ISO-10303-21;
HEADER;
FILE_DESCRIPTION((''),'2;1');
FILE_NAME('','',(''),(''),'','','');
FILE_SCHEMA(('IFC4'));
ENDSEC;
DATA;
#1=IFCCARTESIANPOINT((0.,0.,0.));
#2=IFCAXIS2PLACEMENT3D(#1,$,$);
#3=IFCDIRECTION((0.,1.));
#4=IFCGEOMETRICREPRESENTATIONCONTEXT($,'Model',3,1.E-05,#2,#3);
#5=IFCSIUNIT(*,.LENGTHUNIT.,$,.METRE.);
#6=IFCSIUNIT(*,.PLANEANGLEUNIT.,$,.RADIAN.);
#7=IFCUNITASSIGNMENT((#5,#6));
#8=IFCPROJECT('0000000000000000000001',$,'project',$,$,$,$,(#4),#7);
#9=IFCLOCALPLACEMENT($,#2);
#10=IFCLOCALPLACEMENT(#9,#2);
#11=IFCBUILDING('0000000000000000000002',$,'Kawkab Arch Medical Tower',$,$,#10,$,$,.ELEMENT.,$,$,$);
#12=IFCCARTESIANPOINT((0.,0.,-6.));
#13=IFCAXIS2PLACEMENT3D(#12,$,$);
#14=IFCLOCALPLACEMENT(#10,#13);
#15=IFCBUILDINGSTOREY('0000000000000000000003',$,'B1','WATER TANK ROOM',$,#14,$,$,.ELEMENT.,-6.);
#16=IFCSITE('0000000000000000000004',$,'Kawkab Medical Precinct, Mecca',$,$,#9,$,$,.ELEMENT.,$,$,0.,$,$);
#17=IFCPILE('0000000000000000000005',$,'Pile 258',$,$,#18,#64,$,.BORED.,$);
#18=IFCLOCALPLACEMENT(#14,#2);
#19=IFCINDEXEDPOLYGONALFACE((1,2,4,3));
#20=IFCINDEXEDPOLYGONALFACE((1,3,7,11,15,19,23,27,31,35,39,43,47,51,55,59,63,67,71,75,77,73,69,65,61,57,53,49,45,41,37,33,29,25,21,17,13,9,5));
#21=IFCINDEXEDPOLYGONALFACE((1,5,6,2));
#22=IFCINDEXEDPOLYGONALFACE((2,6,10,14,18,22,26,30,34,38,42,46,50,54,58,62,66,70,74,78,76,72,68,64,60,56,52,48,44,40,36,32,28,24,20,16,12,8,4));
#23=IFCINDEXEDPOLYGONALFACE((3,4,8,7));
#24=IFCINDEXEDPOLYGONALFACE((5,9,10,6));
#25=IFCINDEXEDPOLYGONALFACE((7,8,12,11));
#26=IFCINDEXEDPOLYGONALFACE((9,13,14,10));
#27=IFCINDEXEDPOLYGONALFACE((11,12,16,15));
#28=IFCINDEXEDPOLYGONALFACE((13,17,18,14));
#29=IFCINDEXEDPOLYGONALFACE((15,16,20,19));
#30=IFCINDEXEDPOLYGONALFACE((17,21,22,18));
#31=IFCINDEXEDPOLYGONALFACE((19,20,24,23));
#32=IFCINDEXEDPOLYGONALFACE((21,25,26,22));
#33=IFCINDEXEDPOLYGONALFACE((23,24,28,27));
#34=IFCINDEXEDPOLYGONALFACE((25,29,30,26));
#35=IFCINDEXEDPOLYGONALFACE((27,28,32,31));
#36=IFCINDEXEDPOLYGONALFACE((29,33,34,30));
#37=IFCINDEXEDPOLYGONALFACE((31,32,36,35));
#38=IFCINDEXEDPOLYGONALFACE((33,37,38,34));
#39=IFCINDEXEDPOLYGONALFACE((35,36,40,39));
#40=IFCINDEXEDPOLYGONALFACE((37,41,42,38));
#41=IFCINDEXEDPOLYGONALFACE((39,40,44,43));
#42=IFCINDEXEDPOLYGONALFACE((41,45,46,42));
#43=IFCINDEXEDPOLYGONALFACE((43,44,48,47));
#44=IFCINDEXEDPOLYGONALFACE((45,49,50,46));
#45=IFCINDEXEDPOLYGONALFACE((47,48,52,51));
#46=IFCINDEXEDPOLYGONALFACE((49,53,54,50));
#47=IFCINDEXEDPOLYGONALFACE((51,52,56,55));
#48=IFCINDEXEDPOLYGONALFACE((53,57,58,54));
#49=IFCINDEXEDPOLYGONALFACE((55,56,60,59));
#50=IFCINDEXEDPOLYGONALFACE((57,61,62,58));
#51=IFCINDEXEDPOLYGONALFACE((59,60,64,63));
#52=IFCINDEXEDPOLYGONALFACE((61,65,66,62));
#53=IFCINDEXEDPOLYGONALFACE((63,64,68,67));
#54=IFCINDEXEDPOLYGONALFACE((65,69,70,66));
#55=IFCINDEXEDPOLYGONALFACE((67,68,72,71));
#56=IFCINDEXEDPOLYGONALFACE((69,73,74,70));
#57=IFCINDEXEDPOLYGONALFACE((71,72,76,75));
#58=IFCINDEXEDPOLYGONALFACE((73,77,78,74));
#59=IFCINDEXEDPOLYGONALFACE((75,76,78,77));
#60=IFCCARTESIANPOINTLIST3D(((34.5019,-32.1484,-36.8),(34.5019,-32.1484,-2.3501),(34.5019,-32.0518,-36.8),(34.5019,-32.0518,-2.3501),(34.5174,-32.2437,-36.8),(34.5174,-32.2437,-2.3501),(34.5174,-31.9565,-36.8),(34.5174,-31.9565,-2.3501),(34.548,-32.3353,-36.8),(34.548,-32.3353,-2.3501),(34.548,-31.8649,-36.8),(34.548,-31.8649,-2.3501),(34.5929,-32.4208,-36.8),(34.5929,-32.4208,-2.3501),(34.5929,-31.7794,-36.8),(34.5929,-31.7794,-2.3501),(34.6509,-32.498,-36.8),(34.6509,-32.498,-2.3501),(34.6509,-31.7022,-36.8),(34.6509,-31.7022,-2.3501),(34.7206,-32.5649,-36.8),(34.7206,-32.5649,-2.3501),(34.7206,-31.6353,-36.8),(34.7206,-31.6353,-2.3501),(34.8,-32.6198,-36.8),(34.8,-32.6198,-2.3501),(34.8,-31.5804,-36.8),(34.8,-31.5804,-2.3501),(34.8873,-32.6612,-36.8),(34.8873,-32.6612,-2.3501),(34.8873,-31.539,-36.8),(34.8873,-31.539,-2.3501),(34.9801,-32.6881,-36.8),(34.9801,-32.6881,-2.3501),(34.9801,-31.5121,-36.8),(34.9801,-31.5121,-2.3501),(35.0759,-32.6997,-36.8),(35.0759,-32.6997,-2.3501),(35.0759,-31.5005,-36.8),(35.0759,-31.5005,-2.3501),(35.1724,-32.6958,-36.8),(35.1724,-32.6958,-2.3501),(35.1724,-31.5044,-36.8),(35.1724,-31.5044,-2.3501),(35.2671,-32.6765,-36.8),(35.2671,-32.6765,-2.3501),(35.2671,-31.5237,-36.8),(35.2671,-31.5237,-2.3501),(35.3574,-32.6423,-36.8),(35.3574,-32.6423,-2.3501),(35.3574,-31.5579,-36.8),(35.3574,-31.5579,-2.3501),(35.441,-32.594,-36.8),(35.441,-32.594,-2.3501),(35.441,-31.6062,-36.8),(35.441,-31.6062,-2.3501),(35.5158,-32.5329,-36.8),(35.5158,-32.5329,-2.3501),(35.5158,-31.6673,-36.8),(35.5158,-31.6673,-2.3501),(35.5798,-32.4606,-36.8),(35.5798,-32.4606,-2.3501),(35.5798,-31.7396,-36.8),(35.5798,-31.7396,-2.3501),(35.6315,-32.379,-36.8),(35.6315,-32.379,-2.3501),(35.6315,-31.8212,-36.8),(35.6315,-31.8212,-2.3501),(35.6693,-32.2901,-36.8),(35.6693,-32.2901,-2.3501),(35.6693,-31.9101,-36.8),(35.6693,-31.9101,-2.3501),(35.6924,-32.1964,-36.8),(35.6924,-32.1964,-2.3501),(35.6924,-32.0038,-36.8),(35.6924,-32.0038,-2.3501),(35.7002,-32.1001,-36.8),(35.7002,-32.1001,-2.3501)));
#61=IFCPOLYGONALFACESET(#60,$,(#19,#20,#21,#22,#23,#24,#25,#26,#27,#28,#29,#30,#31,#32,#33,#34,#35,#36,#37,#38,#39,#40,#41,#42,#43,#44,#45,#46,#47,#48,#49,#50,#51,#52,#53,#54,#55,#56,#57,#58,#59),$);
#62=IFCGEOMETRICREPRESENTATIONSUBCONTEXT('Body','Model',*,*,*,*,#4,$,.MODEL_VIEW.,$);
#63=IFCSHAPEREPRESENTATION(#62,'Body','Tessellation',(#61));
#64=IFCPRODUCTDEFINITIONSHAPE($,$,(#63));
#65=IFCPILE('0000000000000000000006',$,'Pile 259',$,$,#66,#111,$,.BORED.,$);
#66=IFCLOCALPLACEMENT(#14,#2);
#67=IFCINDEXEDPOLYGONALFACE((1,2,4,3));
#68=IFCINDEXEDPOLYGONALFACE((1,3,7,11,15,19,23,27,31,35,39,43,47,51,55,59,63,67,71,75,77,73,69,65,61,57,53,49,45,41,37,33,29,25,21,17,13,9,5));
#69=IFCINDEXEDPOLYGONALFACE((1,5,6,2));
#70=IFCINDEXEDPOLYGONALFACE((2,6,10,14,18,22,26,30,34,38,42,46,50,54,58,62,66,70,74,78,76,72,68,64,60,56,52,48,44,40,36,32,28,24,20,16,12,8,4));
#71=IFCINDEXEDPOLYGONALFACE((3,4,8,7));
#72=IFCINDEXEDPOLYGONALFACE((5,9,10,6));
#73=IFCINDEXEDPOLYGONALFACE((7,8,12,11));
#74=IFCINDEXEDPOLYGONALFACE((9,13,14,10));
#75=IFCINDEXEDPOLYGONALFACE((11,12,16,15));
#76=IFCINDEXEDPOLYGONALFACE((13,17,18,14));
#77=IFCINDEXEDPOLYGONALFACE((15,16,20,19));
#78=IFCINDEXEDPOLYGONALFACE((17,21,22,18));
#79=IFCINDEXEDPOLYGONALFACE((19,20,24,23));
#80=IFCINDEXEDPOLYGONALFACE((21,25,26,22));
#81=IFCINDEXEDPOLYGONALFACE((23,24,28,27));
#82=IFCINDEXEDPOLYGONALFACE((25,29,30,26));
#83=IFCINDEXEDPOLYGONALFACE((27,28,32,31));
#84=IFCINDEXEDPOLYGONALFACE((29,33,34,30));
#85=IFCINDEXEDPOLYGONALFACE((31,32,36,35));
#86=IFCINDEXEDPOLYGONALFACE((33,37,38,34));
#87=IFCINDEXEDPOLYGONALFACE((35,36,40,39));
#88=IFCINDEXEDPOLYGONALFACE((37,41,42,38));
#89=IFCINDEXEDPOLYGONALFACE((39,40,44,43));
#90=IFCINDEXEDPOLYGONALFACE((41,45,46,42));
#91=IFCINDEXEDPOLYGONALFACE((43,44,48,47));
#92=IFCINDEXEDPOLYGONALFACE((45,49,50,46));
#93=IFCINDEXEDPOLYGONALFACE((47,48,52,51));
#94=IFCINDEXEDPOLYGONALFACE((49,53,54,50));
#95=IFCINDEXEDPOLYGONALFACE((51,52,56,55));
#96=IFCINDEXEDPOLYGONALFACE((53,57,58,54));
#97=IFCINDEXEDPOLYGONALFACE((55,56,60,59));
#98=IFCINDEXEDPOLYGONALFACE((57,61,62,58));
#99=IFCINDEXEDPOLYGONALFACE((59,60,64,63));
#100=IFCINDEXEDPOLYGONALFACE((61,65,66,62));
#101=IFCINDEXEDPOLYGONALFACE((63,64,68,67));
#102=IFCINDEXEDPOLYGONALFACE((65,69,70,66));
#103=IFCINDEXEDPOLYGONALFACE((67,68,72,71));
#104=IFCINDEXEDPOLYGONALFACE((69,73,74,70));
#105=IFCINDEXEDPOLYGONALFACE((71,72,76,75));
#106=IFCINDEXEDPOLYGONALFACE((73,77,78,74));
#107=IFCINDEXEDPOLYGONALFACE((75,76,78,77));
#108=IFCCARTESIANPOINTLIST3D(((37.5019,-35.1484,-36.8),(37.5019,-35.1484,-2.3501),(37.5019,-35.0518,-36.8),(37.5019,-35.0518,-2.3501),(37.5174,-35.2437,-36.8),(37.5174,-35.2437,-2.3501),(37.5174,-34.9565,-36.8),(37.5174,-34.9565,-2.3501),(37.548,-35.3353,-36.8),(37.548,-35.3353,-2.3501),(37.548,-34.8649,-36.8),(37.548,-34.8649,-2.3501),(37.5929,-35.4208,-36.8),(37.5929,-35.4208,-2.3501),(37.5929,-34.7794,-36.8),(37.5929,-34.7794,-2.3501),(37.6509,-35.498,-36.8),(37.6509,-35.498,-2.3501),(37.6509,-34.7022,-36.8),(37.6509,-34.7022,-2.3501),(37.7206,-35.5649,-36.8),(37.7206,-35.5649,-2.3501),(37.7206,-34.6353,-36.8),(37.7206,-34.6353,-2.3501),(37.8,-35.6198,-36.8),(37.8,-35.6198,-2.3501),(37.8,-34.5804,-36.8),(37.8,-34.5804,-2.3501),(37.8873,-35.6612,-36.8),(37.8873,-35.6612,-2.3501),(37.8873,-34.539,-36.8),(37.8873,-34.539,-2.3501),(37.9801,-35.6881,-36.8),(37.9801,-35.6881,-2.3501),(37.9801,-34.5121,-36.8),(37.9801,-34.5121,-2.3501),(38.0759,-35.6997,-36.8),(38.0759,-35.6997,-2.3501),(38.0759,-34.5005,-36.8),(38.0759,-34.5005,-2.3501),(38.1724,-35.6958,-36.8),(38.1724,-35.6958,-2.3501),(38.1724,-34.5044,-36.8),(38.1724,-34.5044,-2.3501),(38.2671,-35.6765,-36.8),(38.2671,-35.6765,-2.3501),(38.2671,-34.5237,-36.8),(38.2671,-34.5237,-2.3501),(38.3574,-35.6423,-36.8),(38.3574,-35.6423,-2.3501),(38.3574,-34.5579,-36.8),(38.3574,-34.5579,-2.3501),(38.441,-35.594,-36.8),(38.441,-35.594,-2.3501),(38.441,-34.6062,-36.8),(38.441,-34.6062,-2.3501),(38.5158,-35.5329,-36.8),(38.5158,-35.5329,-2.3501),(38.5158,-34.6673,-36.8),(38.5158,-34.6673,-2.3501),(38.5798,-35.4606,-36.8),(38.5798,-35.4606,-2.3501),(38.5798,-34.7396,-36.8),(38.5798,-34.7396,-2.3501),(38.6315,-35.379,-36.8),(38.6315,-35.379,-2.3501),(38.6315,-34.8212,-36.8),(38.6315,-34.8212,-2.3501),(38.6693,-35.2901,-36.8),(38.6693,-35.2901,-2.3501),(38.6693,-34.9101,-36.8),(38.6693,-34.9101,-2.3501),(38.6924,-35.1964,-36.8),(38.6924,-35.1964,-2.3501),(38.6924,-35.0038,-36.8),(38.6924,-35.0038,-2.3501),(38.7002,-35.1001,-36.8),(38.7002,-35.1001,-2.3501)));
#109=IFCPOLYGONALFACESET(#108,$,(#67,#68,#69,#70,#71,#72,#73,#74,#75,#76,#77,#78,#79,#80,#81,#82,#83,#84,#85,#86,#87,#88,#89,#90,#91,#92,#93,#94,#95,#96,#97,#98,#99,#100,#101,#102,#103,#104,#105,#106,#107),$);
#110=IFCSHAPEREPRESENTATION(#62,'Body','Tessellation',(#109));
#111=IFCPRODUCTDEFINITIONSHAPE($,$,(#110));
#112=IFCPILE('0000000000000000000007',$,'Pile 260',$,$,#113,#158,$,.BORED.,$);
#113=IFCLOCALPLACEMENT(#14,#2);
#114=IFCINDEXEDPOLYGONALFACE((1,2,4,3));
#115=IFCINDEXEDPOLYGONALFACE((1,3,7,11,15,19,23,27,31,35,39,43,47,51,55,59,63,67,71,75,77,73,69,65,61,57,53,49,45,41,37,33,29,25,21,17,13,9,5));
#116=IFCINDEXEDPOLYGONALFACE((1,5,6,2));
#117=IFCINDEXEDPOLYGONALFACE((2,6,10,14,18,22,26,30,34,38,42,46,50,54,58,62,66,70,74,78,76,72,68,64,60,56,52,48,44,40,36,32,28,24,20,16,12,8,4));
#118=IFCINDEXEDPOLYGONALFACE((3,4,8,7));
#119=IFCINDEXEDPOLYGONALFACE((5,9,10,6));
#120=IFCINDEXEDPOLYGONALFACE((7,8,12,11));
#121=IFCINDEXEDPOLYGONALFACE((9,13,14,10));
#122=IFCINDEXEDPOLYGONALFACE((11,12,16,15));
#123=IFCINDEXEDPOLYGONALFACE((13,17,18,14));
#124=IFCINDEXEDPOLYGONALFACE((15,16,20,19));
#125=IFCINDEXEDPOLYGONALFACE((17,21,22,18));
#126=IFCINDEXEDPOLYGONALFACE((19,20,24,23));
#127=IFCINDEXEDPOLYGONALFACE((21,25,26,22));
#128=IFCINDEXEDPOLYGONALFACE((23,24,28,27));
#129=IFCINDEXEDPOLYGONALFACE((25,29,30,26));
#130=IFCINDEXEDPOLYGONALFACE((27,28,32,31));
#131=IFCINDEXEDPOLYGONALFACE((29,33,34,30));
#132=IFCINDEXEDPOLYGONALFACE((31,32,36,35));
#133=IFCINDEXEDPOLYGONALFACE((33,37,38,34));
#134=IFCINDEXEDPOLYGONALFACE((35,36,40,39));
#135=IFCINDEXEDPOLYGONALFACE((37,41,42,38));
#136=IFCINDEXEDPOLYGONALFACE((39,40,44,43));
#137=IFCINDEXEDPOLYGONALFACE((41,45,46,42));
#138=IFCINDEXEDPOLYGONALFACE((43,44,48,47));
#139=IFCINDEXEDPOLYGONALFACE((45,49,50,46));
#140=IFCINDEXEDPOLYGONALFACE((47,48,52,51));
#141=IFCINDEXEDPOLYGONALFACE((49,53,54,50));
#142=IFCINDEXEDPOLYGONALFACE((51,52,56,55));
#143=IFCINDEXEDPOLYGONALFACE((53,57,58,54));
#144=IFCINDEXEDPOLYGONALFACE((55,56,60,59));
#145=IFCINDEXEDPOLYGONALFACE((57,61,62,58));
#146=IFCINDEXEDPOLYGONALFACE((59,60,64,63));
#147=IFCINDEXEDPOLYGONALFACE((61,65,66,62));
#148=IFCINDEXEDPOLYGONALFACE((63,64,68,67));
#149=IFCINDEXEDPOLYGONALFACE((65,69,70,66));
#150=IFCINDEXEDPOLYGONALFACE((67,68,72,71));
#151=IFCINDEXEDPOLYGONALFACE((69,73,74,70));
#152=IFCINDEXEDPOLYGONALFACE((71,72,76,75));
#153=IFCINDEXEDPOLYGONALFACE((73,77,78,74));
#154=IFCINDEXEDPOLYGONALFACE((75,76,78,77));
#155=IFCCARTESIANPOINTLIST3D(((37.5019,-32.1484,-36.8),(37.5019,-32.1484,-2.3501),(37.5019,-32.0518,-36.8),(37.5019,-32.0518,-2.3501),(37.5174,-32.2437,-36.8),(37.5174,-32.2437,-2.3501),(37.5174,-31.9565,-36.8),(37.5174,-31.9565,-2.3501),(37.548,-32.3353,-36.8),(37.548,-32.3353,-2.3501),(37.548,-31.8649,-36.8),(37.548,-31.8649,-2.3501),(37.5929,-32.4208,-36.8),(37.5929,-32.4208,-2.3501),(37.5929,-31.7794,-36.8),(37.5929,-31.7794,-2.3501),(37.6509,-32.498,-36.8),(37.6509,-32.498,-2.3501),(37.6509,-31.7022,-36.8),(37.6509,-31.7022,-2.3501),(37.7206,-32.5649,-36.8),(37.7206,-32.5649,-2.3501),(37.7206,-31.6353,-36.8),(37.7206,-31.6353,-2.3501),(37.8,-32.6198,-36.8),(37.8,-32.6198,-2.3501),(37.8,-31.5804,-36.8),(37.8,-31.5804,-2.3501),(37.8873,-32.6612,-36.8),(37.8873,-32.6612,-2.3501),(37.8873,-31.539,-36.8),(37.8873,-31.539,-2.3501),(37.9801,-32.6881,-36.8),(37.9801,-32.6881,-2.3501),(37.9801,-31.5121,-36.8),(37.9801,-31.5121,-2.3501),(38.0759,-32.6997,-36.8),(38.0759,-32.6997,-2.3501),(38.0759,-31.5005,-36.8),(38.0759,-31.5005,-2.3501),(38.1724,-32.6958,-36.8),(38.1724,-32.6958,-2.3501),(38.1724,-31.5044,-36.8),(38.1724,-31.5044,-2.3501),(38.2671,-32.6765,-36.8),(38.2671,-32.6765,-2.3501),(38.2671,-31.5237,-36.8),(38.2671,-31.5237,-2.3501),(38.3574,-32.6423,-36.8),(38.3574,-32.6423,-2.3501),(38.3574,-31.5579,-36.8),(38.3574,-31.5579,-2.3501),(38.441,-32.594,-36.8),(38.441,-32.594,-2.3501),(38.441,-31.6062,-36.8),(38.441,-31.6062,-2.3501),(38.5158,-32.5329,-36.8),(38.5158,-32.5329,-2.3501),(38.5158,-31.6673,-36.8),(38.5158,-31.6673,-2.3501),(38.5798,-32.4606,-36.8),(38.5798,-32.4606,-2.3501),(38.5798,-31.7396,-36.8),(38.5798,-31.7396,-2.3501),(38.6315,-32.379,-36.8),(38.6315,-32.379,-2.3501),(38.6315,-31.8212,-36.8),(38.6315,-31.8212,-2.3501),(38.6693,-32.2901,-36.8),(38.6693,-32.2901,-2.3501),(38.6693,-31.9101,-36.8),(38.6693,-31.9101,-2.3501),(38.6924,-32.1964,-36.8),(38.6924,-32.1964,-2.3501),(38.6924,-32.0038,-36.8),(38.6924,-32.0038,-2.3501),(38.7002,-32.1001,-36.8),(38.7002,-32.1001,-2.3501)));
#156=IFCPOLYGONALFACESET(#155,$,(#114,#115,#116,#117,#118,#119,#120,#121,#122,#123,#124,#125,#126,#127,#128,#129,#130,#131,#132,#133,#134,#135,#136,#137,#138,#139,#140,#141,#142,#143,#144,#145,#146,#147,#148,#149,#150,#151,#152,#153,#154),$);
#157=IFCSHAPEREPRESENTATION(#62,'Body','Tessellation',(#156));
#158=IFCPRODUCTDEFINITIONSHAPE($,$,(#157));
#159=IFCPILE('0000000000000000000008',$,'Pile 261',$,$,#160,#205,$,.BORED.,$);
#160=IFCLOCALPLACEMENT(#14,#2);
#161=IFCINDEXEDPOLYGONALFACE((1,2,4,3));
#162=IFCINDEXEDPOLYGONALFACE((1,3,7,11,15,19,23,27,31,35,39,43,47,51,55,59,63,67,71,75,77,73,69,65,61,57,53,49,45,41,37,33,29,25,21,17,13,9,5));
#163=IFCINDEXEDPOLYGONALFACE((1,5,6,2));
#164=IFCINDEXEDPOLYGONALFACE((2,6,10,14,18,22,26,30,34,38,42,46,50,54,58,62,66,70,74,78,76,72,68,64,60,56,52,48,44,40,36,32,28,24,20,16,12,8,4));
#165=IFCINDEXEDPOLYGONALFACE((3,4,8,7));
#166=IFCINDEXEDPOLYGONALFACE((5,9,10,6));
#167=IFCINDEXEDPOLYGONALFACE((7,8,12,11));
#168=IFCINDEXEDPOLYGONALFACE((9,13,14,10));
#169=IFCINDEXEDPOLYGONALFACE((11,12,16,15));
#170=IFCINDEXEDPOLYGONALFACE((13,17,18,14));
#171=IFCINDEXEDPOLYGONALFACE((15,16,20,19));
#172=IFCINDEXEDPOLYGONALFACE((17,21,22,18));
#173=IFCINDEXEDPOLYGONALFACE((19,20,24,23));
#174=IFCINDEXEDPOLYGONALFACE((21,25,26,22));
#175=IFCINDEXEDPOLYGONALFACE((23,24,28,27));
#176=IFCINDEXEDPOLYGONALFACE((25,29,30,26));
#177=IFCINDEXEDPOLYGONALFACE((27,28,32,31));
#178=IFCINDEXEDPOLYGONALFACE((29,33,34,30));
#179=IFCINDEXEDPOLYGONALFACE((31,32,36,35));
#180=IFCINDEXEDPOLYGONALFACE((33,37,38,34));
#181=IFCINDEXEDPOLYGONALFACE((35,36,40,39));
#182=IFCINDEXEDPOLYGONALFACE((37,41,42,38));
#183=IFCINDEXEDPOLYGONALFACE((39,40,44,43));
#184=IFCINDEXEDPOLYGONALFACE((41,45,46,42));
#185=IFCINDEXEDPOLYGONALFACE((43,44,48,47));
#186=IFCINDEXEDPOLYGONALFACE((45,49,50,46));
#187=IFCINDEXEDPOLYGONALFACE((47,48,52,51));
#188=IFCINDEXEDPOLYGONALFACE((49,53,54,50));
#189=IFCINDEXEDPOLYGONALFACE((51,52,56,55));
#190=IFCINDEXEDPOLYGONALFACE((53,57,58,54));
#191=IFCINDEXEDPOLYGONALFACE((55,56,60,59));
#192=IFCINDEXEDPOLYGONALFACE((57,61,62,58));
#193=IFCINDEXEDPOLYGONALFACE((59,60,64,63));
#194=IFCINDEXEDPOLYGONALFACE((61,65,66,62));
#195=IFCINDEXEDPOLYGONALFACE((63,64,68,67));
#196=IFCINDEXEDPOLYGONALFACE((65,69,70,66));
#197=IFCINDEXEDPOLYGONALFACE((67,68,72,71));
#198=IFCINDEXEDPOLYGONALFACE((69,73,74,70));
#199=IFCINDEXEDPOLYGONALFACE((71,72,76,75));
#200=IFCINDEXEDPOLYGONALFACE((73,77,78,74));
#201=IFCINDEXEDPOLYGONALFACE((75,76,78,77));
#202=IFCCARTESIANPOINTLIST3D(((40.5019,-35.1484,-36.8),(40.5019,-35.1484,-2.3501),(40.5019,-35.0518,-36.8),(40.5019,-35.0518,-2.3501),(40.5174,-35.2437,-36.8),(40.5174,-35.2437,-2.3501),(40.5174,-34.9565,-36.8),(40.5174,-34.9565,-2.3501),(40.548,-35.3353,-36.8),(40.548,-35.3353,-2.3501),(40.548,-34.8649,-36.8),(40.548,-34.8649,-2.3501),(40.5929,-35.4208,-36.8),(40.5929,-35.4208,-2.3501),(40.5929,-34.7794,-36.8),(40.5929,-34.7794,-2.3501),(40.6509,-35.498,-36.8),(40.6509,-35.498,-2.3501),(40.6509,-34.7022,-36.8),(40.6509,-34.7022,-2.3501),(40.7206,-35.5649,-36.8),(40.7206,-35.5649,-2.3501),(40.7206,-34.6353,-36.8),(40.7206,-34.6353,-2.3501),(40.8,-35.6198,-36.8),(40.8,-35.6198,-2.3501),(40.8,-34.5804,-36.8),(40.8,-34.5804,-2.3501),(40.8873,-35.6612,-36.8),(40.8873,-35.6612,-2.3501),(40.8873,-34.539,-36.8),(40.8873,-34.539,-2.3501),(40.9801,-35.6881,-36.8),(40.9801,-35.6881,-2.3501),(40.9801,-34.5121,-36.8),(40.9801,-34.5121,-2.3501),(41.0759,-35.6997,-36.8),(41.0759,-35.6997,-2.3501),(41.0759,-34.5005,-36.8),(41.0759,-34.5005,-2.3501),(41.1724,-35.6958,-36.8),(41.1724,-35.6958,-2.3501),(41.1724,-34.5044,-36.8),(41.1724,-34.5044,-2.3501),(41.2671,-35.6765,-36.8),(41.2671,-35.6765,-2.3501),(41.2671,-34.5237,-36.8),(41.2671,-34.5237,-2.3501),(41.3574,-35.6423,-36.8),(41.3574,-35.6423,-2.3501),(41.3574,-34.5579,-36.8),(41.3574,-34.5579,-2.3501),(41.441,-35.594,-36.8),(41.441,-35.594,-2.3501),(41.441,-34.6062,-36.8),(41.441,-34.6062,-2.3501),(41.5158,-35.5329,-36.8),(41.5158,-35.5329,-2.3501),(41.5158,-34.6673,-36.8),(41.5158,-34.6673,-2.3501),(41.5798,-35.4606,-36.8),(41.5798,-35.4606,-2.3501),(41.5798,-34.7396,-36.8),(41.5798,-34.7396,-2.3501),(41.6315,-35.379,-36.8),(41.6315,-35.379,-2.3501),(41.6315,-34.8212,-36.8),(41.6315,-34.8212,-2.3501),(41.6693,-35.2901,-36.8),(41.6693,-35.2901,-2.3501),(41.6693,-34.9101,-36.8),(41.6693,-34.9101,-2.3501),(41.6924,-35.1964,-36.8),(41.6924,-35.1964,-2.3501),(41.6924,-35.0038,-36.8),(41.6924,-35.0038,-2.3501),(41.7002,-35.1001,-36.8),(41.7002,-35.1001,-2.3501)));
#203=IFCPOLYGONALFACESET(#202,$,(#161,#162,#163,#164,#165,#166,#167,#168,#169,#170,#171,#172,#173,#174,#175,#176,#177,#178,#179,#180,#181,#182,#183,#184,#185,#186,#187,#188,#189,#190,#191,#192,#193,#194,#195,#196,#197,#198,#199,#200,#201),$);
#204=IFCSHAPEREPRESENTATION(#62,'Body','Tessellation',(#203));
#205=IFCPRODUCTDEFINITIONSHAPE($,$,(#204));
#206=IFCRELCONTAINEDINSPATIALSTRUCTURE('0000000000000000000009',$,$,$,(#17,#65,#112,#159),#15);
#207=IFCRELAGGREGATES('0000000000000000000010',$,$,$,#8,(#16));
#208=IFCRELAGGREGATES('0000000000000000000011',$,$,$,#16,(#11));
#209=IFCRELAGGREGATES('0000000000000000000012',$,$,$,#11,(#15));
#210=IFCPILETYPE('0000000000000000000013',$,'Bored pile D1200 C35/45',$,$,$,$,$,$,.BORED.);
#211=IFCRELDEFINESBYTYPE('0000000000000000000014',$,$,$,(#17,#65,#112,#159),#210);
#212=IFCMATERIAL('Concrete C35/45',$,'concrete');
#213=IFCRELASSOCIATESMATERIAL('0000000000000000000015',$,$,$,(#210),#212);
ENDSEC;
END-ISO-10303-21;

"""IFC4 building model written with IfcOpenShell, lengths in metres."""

from ifc_helpers import new_model, si_unit, direction, frame, origin, origin_2d, place, context, subcontext, project, spatial, circle, extrude, material, material_profile, profile_set, type_object, element, save


model = new_model("IFC4")

# Units and contexts
model_context = context("Model", 3, precision=1e-05, world=origin(), true_north=direction((0.0, 1.0)))
body_context = subcontext(model_context, "Body", "Model", "MODEL_VIEW")
ifc_project = project(units=[si_unit("LENGTHUNIT", "METRE"), si_unit("PLANEANGLEUNIT", "RADIAN")], contexts=[model_context])

# Site, building, storey
site_placement = place(None, origin())
site = spatial("IfcSite", under=ifc_project, at=site_placement, Name="Kawkab Medical Precinct, Mecca", CompositionType="ELEMENT", RefElevation=0.0)
building_placement = place(site_placement, origin())
building = spatial("IfcBuilding", under=site, at=building_placement, Name="Kawkab Arch Medical Tower", CompositionType="ELEMENT")
storey_placement = place(building_placement, frame((0.0, 0.0, -6.0)))
storey = spatial("IfcBuildingStorey", under=building, at=storey_placement, Name="B1", Description="WATER TANK ROOM", CompositionType="ELEMENT", Elevation=-6.0)

# Piles
ifc_material_1 = material(Name="Concrete C35/45", Category="concrete")
ifc_material_profile_1 = material_profile(ifc_material_1, circle(Radius=0.6001, at=origin_2d()), Name="Bored pile D1200")
ifc_profile_set_1 = profile_set([ifc_material_profile_1], Name="Concrete C35/45")
pile_type_1 = type_object("IfcPileType", Name="Bored pile D1200 C35/45", PredefinedType="BORED", material=ifc_profile_set_1)
for number, where, z_axis, x_axis, name in (
    (1, (35.1001, -32.1001, -2.3501), (0.0, 0.0, -1.0), (1.0, 0.0, 0.0), "Pile 258"),
    (2, (38.1001, -35.1001, -2.3501), (0.0, 0.0, -1.0), (1.0, 0.0, 0.0), "Pile 259"),
    (3, (38.1001, -32.1001, -2.3501), (0.0, 0.0, -1.0), (1.0, 0.0, 0.0), "Pile 260"),
    (4, (41.1001, -35.1001, -2.3501), (0.0, 0.0, -1.0), (1.0, 0.0, 0.0), "Pile 261"),
):
    element("IfcPile", number, at=place(storey_placement, frame(where, z_axis=z_axis, x_axis=x_axis)), inside=storey, type_object=pile_type_1, Name=name, PredefinedType="BORED", context=body_context, shape_type="SweptSolid", body=[
        extrude(circle(Radius=0.6001, at=origin_2d()), origin(), (0.0, 0.0, 1.0), 34.45),
    ])

save(model, "model.ifc")
